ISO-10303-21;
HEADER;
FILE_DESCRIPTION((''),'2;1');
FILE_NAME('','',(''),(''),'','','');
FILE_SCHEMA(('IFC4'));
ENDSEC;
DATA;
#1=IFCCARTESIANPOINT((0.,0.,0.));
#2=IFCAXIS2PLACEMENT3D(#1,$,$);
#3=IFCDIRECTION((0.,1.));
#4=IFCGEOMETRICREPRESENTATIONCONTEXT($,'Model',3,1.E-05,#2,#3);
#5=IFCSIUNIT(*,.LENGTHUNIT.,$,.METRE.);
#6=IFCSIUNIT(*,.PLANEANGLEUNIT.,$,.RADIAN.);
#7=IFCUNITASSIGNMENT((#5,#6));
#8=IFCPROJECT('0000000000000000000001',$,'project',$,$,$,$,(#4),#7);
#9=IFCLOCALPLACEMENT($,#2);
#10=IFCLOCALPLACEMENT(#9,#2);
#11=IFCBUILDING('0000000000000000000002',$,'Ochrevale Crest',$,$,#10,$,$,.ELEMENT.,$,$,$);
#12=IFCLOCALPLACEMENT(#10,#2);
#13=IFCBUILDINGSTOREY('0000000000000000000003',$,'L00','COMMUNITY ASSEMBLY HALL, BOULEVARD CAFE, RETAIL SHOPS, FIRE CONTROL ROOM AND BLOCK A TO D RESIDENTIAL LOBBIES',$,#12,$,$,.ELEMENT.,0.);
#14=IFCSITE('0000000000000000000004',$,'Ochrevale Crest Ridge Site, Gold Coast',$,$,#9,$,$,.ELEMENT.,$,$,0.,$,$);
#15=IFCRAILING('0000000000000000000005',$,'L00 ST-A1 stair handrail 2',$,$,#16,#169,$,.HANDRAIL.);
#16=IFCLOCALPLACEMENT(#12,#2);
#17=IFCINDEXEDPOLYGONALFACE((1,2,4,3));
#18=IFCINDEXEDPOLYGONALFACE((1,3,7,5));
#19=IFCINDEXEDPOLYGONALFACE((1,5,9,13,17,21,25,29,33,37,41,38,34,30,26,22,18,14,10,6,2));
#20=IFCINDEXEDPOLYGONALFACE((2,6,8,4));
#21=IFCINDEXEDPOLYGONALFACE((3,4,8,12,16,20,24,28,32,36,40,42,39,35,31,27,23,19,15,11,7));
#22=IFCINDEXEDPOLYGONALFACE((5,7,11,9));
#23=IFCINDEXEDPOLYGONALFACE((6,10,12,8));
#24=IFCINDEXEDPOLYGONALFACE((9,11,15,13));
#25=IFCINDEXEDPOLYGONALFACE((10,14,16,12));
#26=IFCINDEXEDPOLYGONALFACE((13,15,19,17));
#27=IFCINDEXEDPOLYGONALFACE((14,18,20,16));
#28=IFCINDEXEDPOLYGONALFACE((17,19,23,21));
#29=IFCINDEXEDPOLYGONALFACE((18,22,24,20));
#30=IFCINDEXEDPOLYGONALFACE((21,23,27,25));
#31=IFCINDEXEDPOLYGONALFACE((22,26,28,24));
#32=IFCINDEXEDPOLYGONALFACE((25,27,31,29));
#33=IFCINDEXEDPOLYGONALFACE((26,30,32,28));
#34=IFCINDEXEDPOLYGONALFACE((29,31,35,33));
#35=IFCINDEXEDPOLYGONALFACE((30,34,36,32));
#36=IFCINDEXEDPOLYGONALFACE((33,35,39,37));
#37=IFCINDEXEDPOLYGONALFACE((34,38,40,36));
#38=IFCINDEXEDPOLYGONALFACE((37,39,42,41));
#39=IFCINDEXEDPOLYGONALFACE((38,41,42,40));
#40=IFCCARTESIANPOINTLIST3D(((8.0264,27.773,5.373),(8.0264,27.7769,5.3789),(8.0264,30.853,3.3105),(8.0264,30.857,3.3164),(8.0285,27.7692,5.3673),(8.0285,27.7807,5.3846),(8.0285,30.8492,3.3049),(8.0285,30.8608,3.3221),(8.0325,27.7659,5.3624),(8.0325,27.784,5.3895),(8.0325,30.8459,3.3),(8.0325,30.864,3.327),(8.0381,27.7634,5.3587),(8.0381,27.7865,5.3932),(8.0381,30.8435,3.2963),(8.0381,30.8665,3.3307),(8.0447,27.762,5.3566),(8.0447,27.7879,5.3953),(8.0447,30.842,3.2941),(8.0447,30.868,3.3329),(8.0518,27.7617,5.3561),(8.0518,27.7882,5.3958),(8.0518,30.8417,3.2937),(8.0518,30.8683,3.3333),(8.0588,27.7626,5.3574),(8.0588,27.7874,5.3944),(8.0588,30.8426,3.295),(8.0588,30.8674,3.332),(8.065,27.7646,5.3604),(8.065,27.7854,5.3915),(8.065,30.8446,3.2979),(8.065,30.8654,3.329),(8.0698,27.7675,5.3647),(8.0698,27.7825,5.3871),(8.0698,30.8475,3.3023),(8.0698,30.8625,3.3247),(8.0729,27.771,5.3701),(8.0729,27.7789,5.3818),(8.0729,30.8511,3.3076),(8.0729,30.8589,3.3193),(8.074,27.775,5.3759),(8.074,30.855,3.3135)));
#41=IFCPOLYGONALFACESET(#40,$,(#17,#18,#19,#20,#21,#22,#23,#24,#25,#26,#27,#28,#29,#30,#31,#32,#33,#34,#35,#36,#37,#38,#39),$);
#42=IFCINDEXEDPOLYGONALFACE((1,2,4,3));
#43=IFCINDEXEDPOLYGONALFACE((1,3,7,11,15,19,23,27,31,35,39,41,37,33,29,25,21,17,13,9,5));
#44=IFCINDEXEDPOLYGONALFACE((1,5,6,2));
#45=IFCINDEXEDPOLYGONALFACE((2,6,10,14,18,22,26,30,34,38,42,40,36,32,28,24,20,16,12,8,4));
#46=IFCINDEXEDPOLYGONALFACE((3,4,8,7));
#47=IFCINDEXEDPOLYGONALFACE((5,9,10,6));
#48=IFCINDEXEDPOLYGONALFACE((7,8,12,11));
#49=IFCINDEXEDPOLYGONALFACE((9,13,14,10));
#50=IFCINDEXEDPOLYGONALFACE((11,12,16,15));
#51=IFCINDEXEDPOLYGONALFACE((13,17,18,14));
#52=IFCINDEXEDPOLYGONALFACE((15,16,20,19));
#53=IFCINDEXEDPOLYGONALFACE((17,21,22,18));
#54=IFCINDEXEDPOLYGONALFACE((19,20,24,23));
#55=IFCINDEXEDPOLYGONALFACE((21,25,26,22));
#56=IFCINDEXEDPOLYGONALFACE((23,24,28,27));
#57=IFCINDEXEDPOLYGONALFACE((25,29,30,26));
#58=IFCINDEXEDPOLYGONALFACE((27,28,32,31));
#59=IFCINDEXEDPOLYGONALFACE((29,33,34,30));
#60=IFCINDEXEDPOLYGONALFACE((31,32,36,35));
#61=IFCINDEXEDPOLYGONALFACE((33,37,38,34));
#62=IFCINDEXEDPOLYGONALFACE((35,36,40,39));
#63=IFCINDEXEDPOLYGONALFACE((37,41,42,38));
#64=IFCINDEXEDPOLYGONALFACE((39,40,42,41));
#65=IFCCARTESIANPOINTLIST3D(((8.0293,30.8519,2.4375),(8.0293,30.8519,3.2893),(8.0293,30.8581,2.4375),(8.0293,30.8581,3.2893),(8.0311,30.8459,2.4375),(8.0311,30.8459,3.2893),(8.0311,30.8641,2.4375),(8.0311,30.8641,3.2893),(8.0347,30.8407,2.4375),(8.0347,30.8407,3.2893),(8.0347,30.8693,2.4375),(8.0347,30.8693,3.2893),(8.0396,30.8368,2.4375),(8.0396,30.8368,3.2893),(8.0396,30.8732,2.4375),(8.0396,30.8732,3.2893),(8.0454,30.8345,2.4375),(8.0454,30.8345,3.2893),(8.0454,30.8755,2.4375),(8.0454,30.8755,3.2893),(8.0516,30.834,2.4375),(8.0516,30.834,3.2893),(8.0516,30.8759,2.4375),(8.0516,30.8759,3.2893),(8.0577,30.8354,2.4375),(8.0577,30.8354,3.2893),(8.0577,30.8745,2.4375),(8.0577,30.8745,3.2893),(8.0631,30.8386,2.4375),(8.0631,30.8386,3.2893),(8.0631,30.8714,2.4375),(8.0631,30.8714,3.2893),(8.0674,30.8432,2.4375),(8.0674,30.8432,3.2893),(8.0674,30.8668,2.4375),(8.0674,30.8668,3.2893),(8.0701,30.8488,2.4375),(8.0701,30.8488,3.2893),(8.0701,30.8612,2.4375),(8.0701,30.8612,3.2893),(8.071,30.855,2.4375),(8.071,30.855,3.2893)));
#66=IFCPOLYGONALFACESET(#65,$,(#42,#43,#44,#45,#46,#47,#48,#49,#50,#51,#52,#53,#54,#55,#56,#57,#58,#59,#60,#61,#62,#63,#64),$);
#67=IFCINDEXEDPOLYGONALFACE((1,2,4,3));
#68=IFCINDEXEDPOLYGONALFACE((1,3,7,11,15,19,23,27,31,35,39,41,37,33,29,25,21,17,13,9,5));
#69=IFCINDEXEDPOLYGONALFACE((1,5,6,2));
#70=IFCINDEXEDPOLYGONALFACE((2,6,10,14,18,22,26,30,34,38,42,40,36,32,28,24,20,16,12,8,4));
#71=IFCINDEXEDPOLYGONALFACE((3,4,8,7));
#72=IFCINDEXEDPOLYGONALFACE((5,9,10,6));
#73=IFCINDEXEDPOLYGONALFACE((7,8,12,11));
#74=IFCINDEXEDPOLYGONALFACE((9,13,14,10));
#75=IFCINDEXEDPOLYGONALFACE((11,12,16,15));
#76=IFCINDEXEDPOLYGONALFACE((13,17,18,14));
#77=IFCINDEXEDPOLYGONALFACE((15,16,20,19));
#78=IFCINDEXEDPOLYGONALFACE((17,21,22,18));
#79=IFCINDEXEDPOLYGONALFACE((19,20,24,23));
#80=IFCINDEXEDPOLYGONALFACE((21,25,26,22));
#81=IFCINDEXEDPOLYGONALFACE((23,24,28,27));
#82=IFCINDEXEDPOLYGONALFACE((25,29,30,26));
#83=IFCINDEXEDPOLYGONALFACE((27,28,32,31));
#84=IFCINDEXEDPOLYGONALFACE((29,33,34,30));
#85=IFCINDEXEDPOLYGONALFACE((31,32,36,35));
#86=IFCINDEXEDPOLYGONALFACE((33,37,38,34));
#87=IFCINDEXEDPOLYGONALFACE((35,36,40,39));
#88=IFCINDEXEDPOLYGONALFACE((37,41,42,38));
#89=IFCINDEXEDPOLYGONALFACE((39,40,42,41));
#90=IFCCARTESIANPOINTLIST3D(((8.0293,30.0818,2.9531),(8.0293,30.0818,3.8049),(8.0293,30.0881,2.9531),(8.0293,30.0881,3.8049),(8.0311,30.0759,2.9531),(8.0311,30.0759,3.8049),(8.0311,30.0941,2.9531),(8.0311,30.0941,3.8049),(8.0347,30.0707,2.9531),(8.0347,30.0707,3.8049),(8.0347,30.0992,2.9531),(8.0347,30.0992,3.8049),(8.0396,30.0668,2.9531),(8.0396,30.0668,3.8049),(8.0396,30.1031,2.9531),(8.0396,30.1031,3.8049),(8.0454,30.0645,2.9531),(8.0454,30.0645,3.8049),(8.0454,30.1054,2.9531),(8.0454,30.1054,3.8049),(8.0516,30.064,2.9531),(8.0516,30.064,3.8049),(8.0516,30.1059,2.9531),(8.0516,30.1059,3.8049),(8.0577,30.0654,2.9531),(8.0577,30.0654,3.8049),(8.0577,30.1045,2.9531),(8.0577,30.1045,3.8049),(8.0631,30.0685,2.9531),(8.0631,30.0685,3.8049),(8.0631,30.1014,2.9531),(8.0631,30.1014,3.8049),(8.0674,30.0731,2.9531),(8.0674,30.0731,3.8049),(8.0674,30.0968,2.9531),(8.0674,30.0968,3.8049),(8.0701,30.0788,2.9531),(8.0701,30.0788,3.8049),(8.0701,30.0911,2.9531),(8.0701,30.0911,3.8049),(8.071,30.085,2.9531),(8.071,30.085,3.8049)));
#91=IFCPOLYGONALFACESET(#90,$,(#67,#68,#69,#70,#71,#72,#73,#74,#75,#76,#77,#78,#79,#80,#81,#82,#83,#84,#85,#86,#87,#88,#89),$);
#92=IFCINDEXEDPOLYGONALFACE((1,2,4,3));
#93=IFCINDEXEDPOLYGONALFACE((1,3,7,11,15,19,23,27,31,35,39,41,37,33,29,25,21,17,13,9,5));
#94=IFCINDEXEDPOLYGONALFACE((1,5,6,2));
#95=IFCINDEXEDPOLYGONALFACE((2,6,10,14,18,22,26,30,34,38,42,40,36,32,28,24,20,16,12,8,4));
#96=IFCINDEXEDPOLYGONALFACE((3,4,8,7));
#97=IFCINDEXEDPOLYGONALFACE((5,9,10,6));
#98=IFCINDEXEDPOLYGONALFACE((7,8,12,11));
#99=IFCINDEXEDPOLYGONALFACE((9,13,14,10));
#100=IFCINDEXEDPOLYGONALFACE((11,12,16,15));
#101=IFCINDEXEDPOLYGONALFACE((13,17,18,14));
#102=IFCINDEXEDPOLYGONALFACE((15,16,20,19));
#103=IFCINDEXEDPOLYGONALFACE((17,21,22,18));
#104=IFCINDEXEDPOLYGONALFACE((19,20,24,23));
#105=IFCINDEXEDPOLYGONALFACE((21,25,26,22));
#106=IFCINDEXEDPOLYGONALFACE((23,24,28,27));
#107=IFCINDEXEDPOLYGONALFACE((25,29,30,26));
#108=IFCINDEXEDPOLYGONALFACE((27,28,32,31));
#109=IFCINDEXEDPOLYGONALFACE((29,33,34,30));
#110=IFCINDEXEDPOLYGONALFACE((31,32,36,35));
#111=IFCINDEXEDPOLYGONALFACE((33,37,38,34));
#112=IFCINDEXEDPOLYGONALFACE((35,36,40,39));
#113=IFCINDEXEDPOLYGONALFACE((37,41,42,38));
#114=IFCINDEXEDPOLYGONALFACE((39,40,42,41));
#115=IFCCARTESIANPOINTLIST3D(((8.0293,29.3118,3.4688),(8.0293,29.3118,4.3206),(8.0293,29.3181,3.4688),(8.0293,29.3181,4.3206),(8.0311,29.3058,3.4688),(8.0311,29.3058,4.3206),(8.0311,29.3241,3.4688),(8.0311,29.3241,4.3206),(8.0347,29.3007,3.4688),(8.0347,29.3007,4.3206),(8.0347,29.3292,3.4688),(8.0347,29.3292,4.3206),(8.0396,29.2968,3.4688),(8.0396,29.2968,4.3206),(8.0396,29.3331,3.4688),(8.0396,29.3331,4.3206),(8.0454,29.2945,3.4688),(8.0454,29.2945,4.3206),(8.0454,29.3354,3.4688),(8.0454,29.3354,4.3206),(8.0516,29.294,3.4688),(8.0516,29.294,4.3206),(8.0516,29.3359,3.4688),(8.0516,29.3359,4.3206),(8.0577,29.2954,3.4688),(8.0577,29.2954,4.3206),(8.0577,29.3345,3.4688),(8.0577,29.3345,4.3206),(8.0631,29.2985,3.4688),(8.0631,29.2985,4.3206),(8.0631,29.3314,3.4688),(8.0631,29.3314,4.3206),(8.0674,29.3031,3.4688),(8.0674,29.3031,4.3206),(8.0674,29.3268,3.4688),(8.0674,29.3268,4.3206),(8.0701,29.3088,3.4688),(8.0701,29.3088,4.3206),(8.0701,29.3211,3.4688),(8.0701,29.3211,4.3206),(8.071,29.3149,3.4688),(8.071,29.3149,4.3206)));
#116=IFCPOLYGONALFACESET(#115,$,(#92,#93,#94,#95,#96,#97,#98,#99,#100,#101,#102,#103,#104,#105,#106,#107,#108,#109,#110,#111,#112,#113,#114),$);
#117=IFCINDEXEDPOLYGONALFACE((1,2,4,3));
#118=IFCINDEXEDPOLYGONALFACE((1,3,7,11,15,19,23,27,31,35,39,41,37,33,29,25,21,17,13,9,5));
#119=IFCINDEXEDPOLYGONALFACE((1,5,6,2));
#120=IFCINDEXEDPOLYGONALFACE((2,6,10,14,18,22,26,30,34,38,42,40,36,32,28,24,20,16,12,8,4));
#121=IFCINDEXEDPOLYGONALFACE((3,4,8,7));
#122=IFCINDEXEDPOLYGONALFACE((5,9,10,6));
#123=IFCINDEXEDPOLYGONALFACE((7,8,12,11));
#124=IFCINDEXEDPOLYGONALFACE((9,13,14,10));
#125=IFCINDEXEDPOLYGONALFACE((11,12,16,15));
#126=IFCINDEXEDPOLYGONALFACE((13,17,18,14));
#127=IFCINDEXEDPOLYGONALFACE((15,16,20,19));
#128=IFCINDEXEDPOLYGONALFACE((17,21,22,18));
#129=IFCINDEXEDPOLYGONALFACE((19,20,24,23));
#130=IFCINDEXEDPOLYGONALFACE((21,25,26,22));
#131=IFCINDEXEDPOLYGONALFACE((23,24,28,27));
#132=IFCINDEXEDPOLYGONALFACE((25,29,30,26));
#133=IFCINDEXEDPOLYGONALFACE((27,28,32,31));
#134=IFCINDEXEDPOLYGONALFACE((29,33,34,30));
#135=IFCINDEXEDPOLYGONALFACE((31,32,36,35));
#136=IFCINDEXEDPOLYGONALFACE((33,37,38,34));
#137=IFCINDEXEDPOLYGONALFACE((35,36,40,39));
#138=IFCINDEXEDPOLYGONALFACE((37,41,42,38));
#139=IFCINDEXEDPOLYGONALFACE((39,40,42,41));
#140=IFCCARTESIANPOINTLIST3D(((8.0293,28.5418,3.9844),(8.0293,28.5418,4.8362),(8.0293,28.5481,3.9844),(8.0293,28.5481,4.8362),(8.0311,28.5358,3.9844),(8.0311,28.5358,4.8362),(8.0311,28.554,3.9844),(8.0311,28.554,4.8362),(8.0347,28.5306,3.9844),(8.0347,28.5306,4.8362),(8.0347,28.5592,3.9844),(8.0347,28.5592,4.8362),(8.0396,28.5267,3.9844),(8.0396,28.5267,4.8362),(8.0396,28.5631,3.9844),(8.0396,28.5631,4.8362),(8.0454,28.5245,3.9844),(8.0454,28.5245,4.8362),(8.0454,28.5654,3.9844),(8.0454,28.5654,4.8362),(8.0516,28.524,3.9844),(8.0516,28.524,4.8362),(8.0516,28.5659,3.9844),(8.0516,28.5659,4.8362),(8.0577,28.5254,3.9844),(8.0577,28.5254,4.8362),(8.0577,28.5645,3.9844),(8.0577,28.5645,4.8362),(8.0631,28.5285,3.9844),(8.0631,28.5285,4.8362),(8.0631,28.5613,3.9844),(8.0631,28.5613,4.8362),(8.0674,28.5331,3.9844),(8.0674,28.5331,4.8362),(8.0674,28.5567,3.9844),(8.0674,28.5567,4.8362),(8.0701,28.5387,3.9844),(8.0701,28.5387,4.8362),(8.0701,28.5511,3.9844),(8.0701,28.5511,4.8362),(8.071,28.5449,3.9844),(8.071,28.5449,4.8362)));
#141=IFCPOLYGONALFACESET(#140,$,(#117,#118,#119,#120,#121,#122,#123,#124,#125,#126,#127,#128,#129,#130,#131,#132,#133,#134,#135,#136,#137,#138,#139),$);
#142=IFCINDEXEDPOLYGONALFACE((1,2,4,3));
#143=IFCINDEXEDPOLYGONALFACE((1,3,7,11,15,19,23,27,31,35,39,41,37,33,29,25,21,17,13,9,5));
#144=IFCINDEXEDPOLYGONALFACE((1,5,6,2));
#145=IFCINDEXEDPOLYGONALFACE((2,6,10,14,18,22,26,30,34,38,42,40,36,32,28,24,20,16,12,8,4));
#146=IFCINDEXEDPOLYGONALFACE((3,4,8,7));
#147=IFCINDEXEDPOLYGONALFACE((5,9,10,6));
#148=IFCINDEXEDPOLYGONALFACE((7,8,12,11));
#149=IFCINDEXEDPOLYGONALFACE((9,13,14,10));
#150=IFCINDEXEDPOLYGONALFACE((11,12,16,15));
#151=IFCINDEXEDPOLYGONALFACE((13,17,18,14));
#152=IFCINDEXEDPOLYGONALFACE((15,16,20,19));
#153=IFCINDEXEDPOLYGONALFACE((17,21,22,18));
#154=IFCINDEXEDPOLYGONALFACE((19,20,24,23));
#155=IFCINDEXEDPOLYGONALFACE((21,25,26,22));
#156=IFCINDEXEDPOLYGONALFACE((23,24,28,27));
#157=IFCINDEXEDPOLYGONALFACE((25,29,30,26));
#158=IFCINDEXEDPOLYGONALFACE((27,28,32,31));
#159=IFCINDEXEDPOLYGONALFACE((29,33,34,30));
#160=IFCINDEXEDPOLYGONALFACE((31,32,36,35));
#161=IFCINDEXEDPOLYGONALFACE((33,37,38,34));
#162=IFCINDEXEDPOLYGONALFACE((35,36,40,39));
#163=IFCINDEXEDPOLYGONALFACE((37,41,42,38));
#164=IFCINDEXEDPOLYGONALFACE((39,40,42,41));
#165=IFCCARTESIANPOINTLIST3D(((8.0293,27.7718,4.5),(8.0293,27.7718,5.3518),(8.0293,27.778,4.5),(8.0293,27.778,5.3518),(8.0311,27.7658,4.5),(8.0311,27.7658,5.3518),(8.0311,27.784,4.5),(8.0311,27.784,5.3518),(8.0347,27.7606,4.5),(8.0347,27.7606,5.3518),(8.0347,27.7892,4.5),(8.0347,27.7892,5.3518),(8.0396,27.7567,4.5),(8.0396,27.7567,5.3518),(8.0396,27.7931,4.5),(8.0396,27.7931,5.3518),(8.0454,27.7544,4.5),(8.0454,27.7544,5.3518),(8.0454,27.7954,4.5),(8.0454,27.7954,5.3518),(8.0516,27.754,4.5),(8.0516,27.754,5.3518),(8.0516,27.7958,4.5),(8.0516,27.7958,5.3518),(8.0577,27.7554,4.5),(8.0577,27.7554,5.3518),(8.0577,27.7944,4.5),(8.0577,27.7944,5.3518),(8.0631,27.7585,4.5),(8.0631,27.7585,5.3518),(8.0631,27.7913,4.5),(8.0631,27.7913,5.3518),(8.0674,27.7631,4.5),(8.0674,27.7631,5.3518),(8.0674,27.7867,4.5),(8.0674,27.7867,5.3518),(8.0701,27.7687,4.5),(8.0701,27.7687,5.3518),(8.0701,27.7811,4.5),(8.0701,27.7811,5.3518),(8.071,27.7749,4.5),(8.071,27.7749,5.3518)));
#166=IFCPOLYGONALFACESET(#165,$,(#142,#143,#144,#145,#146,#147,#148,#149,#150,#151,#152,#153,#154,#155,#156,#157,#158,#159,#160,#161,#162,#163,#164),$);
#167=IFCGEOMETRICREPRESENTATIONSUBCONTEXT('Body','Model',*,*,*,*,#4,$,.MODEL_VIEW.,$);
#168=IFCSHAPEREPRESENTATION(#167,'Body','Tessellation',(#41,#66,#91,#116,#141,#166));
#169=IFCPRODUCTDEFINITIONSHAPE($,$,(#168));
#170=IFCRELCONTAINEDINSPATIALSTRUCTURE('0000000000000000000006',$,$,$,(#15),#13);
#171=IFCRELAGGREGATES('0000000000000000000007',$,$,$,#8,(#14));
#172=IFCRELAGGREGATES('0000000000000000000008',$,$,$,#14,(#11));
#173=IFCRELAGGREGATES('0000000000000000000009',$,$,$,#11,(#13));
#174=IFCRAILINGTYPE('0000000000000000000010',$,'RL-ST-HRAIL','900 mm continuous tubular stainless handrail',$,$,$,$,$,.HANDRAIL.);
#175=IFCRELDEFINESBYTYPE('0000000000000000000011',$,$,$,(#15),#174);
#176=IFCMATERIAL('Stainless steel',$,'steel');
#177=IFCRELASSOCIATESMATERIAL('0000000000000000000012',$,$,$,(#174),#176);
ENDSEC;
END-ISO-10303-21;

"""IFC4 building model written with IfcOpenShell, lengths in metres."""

from ifc_helpers import new_model, si_unit, direction, frame, origin, origin_2d, place, context, subcontext, project, spatial, circle, extrude, material, type_object, element, save


model = new_model("IFC4")

# Units and contexts
model_context = context("Model", 3, precision=1e-05, world=origin(), true_north=direction((0.0, 1.0)))
body_context = subcontext(model_context, "Body", "Model", "MODEL_VIEW")
ifc_project = project(units=[si_unit("LENGTHUNIT", "METRE"), si_unit("PLANEANGLEUNIT", "RADIAN")], contexts=[model_context])

# Site, building, storey
site_placement = place(None, origin())
site = spatial("IfcSite", under=ifc_project, at=site_placement, Name="Ochrevale Crest Ridge Site, Gold Coast", CompositionType="ELEMENT", RefElevation=0.0)
building_placement = place(site_placement, origin())
building = spatial("IfcBuilding", under=site, at=building_placement, Name="Ochrevale Crest", CompositionType="ELEMENT")
storey_placement = place(building_placement, origin())
storey = spatial("IfcBuildingStorey", under=building, at=storey_placement, Name="L00", Description="COMMUNITY ASSEMBLY HALL, BOULEVARD CAFE, RETAIL SHOPS, FIRE CONTROL ROOM AND BLOCK A TO D RESIDENTIAL LOBBIES", CompositionType="ELEMENT", Elevation=0.0)

# Railing
ifc_material_1 = material(Name="Stainless steel", Category="steel")
railing_type_1 = type_object("IfcRailingType", Name="RL-ST-HRAIL", Description="900 mm continuous tubular stainless handrail", PredefinedType="HANDRAIL", material=ifc_material_1)
railing_1_placement = place(storey_placement, frame((8.05, 30.855, 2.4375)))
element("IfcRailing", 1, at=railing_1_placement, inside=storey, type_object=railing_type_1, Name="L00 ST-A1 stair handrail 2", PredefinedType="HANDRAIL", context=body_context, shape_type="SweptSolid", body=[
    extrude(circle(Radius=0.0239, at=origin_2d()), frame((0.0, 0.0, 0.876), z_axis=(0.0, -0.830914, 0.556401), x_axis=(1.0, 0.0, 0.0)), (0.0, 0.0, 1.0), 3.7068),
    extrude(circle(Radius=0.021, at=origin_2d()), origin(), (0.0, 0.0, 1.0), 0.8518),
    extrude(circle(Radius=0.021, at=origin_2d()), frame((0.0, -0.77, 0.5156)), (0.0, 0.0, 1.0), 0.8518),
    extrude(circle(Radius=0.021, at=origin_2d()), frame((0.0, -1.54, 1.0312)), (0.0, 0.0, 1.0), 0.8518),
    extrude(circle(Radius=0.021, at=origin_2d()), frame((0.0, -2.3101, 1.5469)), (0.0, 0.0, 1.0), 0.8518),
    extrude(circle(Radius=0.021, at=origin_2d()), frame((0.0, -3.0801, 2.0625)), (0.0, 0.0, 1.0), 0.8518),
])

save(model, "model.ifc")
